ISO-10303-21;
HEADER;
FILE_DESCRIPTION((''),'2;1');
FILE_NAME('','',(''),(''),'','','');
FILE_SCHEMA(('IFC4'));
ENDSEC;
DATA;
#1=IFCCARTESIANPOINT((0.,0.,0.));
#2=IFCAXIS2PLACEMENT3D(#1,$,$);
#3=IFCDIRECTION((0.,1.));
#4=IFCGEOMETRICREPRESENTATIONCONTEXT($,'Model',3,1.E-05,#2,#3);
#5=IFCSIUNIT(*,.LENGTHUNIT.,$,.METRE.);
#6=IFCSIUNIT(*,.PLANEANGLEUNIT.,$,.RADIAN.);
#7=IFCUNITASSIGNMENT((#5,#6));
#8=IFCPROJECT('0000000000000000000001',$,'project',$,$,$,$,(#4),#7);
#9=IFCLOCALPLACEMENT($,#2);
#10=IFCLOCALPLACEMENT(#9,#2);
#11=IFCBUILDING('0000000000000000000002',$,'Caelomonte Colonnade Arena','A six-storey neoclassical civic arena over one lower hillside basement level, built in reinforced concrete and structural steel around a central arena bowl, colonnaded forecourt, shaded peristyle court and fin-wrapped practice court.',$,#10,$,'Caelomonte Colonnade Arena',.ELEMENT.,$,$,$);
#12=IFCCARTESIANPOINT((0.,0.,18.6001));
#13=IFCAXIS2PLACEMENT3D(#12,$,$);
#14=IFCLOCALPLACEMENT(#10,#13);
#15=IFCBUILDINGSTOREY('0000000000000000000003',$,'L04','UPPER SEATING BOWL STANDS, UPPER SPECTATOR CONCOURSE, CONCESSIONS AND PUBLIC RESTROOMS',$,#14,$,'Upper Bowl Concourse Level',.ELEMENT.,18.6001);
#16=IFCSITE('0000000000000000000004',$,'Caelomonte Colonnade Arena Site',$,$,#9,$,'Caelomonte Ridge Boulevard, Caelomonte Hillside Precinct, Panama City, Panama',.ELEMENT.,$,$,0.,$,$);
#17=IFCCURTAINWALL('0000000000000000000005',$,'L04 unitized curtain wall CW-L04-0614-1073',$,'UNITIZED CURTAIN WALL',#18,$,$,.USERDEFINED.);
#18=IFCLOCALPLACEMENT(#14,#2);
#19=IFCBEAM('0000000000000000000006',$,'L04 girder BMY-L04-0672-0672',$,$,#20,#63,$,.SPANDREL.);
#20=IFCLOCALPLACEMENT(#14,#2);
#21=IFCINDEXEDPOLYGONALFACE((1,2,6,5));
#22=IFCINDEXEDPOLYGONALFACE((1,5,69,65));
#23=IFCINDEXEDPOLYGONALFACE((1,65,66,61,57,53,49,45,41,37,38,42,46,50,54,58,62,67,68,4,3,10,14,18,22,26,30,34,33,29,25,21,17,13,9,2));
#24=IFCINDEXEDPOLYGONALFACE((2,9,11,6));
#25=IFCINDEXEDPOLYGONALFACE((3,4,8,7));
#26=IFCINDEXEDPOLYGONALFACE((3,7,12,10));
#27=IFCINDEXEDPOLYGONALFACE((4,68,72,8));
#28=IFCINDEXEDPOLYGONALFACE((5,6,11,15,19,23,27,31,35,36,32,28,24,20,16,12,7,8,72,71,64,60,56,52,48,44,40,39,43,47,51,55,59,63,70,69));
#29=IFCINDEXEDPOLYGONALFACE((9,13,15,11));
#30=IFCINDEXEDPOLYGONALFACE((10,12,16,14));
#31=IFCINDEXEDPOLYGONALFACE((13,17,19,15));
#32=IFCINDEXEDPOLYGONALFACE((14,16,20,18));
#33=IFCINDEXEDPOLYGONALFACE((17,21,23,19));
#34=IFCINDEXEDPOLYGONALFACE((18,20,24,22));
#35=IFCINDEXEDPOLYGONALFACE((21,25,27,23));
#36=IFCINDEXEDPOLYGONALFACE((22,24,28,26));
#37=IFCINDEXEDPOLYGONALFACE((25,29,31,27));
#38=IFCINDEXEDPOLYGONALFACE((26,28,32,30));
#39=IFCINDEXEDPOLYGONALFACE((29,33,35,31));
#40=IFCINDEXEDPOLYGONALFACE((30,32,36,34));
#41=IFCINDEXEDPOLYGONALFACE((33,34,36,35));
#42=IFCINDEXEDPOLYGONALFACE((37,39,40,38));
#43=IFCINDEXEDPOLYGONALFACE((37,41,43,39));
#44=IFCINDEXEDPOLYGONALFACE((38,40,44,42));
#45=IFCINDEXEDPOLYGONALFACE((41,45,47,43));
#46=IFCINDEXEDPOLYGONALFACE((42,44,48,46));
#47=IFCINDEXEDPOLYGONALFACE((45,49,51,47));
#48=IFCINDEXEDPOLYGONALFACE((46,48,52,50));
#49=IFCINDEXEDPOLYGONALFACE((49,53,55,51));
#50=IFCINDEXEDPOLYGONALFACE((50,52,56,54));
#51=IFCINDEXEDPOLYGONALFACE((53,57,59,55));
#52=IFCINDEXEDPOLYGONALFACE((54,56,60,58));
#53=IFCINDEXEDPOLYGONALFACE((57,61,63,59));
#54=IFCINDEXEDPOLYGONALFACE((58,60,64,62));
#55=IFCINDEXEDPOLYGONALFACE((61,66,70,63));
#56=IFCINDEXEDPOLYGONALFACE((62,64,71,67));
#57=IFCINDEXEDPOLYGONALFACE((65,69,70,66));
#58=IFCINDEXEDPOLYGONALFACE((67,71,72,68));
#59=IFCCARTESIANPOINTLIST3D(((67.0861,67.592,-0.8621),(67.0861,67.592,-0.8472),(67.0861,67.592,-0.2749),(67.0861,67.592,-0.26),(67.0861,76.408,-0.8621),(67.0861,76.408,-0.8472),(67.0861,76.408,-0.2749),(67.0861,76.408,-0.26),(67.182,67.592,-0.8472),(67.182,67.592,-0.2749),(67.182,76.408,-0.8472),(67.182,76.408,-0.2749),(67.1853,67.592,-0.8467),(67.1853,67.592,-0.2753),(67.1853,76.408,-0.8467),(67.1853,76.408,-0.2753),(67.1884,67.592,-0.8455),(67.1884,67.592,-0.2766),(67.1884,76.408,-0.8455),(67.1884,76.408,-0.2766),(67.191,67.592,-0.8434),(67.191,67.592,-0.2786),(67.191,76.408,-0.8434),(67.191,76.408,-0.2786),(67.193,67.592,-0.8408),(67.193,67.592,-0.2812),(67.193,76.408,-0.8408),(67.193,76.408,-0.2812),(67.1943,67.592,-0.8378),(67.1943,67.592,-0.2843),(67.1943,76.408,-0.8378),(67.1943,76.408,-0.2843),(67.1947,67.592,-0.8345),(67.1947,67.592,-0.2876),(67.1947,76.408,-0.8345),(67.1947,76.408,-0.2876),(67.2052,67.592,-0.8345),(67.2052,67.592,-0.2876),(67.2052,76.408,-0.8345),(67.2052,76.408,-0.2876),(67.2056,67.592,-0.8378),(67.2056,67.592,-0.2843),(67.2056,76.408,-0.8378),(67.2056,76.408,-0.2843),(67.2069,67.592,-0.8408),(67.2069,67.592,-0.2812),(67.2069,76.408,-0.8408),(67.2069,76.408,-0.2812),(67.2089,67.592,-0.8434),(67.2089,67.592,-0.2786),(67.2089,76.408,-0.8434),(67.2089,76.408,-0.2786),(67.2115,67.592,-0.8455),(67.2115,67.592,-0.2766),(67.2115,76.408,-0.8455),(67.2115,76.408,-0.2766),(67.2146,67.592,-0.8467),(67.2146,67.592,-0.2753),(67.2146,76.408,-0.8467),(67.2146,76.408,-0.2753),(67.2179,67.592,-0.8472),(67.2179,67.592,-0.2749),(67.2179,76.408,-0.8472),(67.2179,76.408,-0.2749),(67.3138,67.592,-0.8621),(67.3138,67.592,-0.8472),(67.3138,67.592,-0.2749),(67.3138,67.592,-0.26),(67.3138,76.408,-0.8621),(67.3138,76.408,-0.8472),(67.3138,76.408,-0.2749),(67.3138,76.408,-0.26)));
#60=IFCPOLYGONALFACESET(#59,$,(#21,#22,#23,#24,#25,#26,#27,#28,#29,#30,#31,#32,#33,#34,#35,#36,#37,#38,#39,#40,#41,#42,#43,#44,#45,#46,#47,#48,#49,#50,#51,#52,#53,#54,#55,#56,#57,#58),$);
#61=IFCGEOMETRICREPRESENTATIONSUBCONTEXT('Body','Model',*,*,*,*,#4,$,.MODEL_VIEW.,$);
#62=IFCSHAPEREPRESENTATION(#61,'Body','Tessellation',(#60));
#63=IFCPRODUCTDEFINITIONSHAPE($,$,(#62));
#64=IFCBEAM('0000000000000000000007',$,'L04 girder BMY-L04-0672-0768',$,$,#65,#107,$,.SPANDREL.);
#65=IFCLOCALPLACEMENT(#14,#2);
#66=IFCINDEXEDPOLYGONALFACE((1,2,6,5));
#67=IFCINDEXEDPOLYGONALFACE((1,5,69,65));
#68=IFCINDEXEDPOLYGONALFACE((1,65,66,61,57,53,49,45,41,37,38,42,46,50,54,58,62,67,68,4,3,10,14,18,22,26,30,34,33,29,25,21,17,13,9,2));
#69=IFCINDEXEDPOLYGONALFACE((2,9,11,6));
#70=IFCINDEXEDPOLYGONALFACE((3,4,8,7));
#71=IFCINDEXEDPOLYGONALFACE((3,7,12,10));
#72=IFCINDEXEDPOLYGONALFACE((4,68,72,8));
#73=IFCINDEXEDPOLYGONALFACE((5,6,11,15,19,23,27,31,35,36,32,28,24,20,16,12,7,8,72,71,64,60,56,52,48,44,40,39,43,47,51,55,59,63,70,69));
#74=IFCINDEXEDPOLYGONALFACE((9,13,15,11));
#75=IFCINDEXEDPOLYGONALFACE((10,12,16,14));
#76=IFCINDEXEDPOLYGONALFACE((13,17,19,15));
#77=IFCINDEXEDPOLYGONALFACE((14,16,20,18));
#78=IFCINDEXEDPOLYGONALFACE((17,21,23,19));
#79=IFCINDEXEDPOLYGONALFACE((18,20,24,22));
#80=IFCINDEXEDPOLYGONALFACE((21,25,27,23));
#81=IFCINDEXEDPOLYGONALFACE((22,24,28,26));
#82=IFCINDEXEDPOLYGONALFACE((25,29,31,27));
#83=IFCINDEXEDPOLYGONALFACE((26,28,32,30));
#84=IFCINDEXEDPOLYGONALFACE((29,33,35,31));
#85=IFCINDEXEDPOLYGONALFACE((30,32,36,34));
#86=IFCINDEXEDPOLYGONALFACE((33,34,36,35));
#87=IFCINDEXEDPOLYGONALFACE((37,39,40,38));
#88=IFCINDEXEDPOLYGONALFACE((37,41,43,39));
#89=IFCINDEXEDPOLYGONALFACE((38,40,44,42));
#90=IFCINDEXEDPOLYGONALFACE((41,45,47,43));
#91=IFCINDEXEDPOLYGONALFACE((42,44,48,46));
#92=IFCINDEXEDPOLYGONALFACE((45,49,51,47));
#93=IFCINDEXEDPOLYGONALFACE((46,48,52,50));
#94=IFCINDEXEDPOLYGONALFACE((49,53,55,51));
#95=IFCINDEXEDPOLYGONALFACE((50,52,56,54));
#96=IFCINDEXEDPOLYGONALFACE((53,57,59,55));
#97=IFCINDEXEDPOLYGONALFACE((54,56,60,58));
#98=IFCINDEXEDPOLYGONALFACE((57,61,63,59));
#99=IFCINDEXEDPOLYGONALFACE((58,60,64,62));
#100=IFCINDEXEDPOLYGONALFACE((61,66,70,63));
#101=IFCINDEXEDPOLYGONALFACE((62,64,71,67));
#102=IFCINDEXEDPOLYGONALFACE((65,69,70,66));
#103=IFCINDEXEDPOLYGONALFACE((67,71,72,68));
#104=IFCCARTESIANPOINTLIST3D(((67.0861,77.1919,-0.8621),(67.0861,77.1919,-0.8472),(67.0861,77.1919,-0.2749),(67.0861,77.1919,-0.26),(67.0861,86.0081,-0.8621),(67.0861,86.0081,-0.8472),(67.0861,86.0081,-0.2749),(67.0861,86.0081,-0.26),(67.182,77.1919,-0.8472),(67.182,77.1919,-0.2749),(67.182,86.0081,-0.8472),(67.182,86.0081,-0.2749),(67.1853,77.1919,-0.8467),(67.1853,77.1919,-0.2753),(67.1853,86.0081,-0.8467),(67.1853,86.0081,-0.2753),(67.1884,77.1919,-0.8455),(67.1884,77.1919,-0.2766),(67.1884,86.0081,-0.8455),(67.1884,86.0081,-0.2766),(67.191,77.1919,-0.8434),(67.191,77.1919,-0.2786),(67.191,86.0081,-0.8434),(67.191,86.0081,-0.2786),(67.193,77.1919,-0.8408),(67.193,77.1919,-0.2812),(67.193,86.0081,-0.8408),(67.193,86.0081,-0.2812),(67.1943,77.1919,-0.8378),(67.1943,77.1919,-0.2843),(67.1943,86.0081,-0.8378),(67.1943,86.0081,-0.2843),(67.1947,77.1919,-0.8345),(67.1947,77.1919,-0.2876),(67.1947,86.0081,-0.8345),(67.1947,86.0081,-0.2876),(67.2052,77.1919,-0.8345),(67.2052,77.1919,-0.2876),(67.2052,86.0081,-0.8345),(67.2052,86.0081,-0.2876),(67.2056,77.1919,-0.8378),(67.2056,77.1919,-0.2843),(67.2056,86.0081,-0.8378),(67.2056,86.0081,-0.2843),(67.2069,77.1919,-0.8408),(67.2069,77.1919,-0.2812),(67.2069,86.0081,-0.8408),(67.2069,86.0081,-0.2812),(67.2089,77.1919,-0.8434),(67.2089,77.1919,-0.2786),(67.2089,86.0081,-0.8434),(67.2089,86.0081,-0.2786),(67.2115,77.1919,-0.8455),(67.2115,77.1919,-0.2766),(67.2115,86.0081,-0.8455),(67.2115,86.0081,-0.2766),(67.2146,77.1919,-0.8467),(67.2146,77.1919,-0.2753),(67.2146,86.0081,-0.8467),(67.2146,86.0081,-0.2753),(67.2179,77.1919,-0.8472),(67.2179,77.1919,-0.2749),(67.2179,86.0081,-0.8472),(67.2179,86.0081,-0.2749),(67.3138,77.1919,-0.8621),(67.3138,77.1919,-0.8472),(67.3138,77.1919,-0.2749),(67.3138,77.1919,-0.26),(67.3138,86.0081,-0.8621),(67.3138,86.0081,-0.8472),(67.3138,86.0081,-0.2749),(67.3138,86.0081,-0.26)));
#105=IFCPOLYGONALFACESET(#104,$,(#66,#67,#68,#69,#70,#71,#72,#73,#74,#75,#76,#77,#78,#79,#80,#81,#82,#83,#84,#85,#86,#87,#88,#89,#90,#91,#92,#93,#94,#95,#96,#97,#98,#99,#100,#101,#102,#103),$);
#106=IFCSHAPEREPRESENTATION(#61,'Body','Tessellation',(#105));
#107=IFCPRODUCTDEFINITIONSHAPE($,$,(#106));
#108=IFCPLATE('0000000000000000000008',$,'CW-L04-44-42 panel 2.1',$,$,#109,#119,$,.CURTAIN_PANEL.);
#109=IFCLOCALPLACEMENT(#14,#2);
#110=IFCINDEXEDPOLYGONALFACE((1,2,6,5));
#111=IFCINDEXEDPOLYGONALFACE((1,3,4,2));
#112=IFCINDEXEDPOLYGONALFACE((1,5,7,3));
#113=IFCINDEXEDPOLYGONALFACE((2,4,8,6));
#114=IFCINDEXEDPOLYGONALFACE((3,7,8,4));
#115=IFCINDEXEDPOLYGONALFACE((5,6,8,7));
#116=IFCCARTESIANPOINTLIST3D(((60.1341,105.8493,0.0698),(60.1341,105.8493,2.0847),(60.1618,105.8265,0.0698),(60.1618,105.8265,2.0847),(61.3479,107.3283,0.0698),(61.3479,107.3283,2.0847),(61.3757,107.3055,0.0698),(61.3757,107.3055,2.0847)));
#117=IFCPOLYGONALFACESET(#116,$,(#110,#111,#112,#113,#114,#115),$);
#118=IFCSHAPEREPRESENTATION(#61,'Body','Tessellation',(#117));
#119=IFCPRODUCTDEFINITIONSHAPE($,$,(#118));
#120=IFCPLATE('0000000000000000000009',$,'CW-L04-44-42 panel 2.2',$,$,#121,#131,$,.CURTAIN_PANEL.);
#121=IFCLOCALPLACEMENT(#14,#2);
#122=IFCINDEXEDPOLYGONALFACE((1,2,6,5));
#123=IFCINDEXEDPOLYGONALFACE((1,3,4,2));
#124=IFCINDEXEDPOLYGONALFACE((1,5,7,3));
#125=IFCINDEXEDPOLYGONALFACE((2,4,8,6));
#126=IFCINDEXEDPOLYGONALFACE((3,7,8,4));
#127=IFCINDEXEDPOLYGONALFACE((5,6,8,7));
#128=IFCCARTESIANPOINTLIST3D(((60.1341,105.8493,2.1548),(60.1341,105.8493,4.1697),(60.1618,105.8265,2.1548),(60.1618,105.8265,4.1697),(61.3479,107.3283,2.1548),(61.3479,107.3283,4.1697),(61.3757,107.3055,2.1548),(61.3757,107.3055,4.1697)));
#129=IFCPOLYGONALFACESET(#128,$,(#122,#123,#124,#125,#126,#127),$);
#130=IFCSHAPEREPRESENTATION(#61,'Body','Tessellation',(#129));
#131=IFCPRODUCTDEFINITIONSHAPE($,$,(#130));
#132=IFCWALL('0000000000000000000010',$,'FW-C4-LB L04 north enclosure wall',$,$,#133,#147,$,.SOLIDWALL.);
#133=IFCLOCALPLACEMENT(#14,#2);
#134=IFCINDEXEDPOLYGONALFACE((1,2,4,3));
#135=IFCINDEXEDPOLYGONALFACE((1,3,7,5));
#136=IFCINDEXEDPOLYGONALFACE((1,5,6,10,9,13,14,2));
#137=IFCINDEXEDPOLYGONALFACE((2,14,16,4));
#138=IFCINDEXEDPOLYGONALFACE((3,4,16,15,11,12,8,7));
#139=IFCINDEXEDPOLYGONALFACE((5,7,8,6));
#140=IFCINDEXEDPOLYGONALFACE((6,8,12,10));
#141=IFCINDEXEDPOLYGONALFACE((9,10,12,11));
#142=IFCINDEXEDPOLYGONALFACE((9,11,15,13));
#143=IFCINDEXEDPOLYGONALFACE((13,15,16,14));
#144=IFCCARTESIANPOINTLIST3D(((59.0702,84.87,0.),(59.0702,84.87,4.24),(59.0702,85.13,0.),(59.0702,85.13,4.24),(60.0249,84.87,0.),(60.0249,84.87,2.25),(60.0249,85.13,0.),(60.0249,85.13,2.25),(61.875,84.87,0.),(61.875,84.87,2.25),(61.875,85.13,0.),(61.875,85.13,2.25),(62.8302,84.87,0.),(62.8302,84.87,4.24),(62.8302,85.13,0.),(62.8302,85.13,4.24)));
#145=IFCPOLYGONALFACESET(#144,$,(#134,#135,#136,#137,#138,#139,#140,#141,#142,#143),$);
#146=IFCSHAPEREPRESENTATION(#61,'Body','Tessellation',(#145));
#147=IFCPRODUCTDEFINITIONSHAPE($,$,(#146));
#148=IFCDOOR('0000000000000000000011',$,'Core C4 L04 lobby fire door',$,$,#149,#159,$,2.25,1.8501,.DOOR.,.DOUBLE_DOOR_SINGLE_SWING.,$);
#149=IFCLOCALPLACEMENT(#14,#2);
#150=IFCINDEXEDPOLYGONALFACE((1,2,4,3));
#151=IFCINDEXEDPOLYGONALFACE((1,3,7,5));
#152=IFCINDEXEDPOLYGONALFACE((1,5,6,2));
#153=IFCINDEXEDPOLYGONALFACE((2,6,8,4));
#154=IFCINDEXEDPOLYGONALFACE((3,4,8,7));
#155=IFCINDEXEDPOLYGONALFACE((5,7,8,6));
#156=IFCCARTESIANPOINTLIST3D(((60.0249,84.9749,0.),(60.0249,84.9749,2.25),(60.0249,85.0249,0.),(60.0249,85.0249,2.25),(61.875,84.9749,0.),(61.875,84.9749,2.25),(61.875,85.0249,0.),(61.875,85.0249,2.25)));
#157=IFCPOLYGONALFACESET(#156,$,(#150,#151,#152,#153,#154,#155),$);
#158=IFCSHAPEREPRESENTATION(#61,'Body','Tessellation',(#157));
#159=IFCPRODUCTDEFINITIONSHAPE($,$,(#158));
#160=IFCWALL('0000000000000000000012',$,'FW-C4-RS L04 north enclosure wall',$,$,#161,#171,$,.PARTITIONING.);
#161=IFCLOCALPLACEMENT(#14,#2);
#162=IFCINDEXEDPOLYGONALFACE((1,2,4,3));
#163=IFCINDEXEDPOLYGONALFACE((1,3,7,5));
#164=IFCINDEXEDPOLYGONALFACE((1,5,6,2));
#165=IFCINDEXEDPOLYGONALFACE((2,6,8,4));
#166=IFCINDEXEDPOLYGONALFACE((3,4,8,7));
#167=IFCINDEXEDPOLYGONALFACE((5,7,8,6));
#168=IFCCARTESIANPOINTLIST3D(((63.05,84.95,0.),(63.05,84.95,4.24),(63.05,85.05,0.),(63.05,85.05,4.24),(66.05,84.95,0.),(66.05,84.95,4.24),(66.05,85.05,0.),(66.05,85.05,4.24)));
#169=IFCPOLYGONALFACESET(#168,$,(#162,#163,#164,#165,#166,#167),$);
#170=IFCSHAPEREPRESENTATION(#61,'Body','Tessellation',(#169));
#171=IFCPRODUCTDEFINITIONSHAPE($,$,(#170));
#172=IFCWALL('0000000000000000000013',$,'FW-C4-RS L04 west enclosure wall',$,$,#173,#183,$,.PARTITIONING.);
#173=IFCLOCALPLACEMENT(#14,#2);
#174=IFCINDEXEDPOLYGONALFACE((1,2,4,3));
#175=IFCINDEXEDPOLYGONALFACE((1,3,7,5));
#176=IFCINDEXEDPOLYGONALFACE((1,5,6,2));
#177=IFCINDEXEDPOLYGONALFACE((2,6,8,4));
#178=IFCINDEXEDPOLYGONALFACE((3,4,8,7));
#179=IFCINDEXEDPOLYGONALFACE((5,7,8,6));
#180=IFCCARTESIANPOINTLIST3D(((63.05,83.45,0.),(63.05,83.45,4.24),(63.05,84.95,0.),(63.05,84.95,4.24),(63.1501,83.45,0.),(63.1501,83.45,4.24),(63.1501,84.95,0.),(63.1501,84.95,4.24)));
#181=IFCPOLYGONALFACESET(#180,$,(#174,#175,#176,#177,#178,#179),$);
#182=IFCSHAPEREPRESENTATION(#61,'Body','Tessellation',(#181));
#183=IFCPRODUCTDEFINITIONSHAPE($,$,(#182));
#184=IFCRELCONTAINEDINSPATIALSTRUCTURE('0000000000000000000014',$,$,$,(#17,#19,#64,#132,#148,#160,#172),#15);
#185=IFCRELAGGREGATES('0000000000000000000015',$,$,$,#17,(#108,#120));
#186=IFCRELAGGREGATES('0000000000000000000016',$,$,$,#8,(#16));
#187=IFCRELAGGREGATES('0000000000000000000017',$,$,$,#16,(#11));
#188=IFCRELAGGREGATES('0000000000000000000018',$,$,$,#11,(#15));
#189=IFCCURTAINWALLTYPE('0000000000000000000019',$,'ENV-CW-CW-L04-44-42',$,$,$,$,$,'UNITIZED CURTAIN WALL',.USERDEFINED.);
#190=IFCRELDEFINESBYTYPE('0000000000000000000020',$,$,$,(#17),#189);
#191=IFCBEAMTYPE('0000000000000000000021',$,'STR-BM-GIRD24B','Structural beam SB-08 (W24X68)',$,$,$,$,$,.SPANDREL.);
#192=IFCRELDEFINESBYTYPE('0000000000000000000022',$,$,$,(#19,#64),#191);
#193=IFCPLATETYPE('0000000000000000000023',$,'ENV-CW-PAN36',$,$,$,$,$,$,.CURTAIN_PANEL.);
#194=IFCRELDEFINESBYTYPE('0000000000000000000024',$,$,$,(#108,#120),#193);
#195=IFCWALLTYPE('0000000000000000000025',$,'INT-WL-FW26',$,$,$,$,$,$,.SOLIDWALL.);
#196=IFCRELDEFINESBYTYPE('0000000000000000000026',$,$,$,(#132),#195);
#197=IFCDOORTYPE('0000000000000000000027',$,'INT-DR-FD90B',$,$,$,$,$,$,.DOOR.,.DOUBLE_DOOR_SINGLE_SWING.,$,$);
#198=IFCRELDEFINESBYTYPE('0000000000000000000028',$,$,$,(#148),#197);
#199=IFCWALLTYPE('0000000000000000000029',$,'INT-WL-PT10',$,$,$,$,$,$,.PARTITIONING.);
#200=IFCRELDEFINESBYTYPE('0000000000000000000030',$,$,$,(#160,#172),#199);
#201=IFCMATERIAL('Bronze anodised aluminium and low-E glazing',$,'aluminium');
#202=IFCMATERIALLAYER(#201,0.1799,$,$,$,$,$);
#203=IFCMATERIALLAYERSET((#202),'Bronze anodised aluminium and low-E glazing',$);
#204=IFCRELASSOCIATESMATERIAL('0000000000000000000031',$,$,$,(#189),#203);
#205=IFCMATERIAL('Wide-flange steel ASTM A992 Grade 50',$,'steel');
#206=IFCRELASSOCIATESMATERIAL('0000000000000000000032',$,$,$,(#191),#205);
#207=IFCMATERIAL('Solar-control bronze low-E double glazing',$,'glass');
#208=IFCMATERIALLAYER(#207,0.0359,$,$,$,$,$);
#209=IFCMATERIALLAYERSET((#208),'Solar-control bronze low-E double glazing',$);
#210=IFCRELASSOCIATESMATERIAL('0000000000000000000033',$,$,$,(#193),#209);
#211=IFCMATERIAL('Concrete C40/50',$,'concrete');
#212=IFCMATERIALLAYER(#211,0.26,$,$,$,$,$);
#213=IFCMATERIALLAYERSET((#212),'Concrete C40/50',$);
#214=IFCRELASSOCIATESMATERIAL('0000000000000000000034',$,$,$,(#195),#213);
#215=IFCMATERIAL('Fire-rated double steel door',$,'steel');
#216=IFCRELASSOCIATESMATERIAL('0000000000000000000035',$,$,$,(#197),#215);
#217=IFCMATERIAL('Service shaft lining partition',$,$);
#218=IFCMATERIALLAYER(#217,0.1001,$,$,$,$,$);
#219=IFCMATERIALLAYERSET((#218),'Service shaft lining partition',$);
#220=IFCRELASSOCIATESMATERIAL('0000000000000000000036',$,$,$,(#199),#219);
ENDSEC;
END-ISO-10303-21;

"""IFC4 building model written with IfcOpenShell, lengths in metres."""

from ifc_helpers import new_model, si_unit, direction, frame, frame_2d, origin, origin_2d, place, context, subcontext, project, spatial, rectangle, i_section, extrude, material, layer, layer_set, material_profile, profile_set, type_object, element, fill, aggregate, save


model = new_model("IFC4")

# Units and contexts
model_context = context("Model", 3, precision=1e-05, world=origin(), true_north=direction((0.0, 1.0)))
body_context = subcontext(model_context, "Body", "Model", "MODEL_VIEW")
ifc_project = project(units=[si_unit("LENGTHUNIT", "METRE"), si_unit("PLANEANGLEUNIT", "RADIAN")], contexts=[model_context])

# Site, building, storey
site_placement = place(None, origin())
site = spatial("IfcSite", under=ifc_project, at=site_placement, Name="Caelomonte Colonnade Arena Site", LongName="Caelomonte Ridge Boulevard, Caelomonte Hillside Precinct, Panama City, Panama", CompositionType="ELEMENT", RefElevation=0.0)
building_placement = place(site_placement, origin())
building = spatial("IfcBuilding", under=site, at=building_placement, Name="Caelomonte Colonnade Arena", Description="A six-storey neoclassical civic arena over one lower hillside basement level, built in reinforced concrete and structural steel around a central arena bowl, colonnaded forecourt, shaded peristyle court and fin-wrapped practice court.", LongName="Caelomonte Colonnade Arena", CompositionType="ELEMENT")
storey_placement = place(building_placement, frame((0.0, 0.0, 18.6001)))
storey = spatial("IfcBuildingStorey", under=building, at=storey_placement, Name="L04", Description="UPPER SEATING BOWL STANDS, UPPER SPECTATOR CONCOURSE, CONCESSIONS AND PUBLIC RESTROOMS", LongName="Upper Bowl Concourse Level", CompositionType="ELEMENT", Elevation=18.6001)

# Shared definitions
ifc_material_1 = material(Name="Concrete C40/50", Category="concrete")

# Curtain wall
ifc_material_2 = material(Name="Bronze anodised aluminium and low-E glazing", Category="aluminium")
ifc_layer_1 = layer(ifc_material_2, 0.1799)
ifc_layer_set_1 = layer_set([ifc_layer_1], Name="Bronze anodised aluminium and low-E glazing")
curtain_wall_type = type_object("IfcCurtainWallType", Name="ENV-CW-CW-L04-44-42", ElementType="UNITIZED CURTAIN WALL", PredefinedType="USERDEFINED", material=ifc_layer_set_1)
curtain_wall_1_placement = place(storey_placement, origin())
curtain_wall_1 = element("IfcCurtainWall", 1, at=curtain_wall_1_placement, inside=storey, type_object=curtain_wall_type, Name="L04 unitized curtain wall CW-L04-0614-1073", ObjectType="UNITIZED CURTAIN WALL", PredefinedType="USERDEFINED")

# Beams
ifc_material_3 = material(Name="Wide-flange steel ASTM A992 Grade 50", Category="steel")
ifc_material_profile_1 = material_profile(ifc_material_3, i_section(OverallWidth=0.2278, OverallDepth=0.6021, WebThickness=0.0105, FlangeThickness=0.0149, FilletRadius=0.0127, at=origin_2d()), Name="W24X68")
ifc_profile_set_1 = profile_set([ifc_material_profile_1], Name="Wide-flange steel ASTM A992 Grade 50")
beam_type_1 = type_object("IfcBeamType", Name="STR-BM-GIRD24B", Description="Structural beam SB-08 (W24X68)", PredefinedType="SPANDREL", material=ifc_profile_set_1)
beam_1_placement = place(storey_placement, frame((67.2, 67.592, -0.561), z_axis=(0.0, 1.0, 0.0), x_axis=(-1.0, 0.0, 0.0)))
element("IfcBeam", 2, at=beam_1_placement, inside=storey, type_object=beam_type_1, Name="L04 girder BMY-L04-0672-0672", PredefinedType="SPANDREL", context=body_context, shape_type="SweptSolid", body=[
    extrude(i_section(OverallWidth=0.2278, OverallDepth=0.6021, WebThickness=0.0105, FlangeThickness=0.0149, FilletRadius=0.0127, at=origin_2d()), origin(), (0.0, 0.0, 1.0), 8.8159),
])
beam_2_placement = place(storey_placement, frame((67.2, 77.1919, -0.561), z_axis=(0.0, 1.0, 0.0), x_axis=(-1.0, 0.0, 0.0)))
element("IfcBeam", 3, at=beam_2_placement, inside=storey, type_object=beam_type_1, Name="L04 girder BMY-L04-0672-0768", PredefinedType="SPANDREL", context=body_context, shape_type="SweptSolid", body=[
    extrude(i_section(OverallWidth=0.2278, OverallDepth=0.6021, WebThickness=0.0105, FlangeThickness=0.0149, FilletRadius=0.0127, at=origin_2d()), origin(), (0.0, 0.0, 1.0), 8.8162),
])

# Plates
ifc_material_4 = material(Name="Solar-control bronze low-E double glazing", Category="glass")
ifc_layer_2 = layer(ifc_material_4, 0.0359)
ifc_layer_set_2 = layer_set([ifc_layer_2], Name="Solar-control bronze low-E double glazing")
plate_type = type_object("IfcPlateType", Name="ENV-CW-PAN36", PredefinedType="CURTAIN_PANEL", material=ifc_layer_set_2)
plate_1_placement = place(storey_placement, frame((60.7549, 106.5774, 0.0698), z_axis=(0.0, 0.0, 1.0), x_axis=(-0.634416, -0.772992, 0.0)))
plate_1 = element("IfcPlate", 4, at=plate_1_placement, type_object=plate_type, Name="CW-L04-44-42 panel 2.1", PredefinedType="CURTAIN_PANEL", context=body_context, shape_type="SweptSolid", body=[
    extrude(rectangle(XDim=1.9133, YDim=0.0359, at=origin_2d()), origin(), (0.0, 0.0, 1.0), 2.0149),
])
plate_2_placement = place(storey_placement, frame((60.7549, 106.5774, 2.1548), z_axis=(0.0, 0.0, 1.0), x_axis=(-0.634416, -0.772992, 0.0)))
plate_2 = element("IfcPlate", 5, at=plate_2_placement, type_object=plate_type, Name="CW-L04-44-42 panel 2.2", PredefinedType="CURTAIN_PANEL", context=body_context, shape_type="SweptSolid", body=[
    extrude(rectangle(XDim=1.9133, YDim=0.0359, at=origin_2d()), origin(), (0.0, 0.0, 1.0), 2.0149),
])
aggregate(curtain_wall_1, [plate_1, plate_2])

# Wall, opening, door
ifc_layer_3 = layer(ifc_material_1, 0.26)
ifc_layer_set_3 = layer_set([ifc_layer_3], Name="Concrete C40/50")
wall_type_1 = type_object("IfcWallType", Name="INT-WL-FW26", PredefinedType="SOLIDWALL", material=ifc_layer_set_3)
wall_1_placement = place(storey_placement, frame((62.8301, 85.0, 0.0), z_axis=(0.0, 0.0, 1.0), x_axis=(-1.0, 0.0, 0.0)))
wall_1 = element("IfcWall", 6, at=wall_1_placement, inside=storey, type_object=wall_type_1, Name="FW-C4-LB L04 north enclosure wall", PredefinedType="SOLIDWALL", context=body_context, shape_type="SweptSolid", body=[
    extrude(rectangle(XDim=3.76, YDim=0.26, at=frame_2d((1.8799, 0.0))), origin(), (0.0, 0.0, 1.0), 4.24),
])
opening_1_placement = place(wall_1_placement, frame((2.8052, 0.0, 0.0), z_axis=(0.0, 0.0, 1.0), x_axis=(-1.0, 0.0, 0.0)))
opening_1 = element("IfcOpeningElement", 7, at=opening_1_placement, cuts=wall_1, PredefinedType="OPENING", context=body_context, shape_type="SweptSolid", body=[
    extrude(rectangle(XDim=1.8501, YDim=2.25, at=frame_2d((0.925, 1.125))), frame((0.0, 0.1399, 0.0), z_axis=(0.0, -1.0, 0.0), x_axis=(1.0, 0.0, 0.0)), (0.0, 0.0, 1.0), 0.28),
])
ifc_material_5 = material(Name="Fire-rated double steel door", Category="steel")
door_type_1 = type_object("IfcDoorType", Name="INT-DR-FD90B", OperationType="DOUBLE_DOOR_SINGLE_SWING", PredefinedType="DOOR", material=ifc_material_5)
door_1_placement = place(opening_1_placement, origin())
door_1 = element("IfcDoor", 8, at=door_1_placement, inside=storey, type_object=door_type_1, Name="Core C4 L04 lobby fire door", OperationType="DOUBLE_DOOR_SINGLE_SWING", OverallHeight=2.25, OverallWidth=1.8501, PredefinedType="DOOR", context=body_context, shape_type="SweptSolid", body=[
    extrude(rectangle(XDim=1.8501, YDim=2.25, at=frame_2d((0.925, 1.125))), frame((0.0, 0.0249, 0.0), z_axis=(0.0, -1.0, 0.0), x_axis=(1.0, 0.0, 0.0)), (0.0, 0.0, 1.0), 0.05),
])
fill(opening_1, door_1)

# Walls
ifc_material_6 = material(Name="Service shaft lining partition")
ifc_layer_4 = layer(ifc_material_6, 0.1001)
ifc_layer_set_4 = layer_set([ifc_layer_4], Name="Service shaft lining partition")
wall_type_2 = type_object("IfcWallType", Name="INT-WL-PT10", PredefinedType="PARTITIONING", material=ifc_layer_set_4)
wall_2_placement = place(storey_placement, frame((66.05, 85.0, 0.0), z_axis=(0.0, 0.0, 1.0), x_axis=(-1.0, 0.0, 0.0)))
element("IfcWall", 9, at=wall_2_placement, inside=storey, type_object=wall_type_2, Name="FW-C4-RS L04 north enclosure wall", PredefinedType="PARTITIONING", context=body_context, shape_type="SweptSolid", body=[
    extrude(rectangle(XDim=3.0, YDim=0.1001, at=frame_2d((1.5, 0.0))), origin(), (0.0, 0.0, 1.0), 4.24),
])
for number, where, z_axis, x_axis, name in (
    (10, (63.1001, 84.95, 0.0), (0.0, 0.0, 1.0), (0.0, -1.0, 0.0), "FW-C4-RS L04 west enclosure wall"),
):
    element("IfcWall", number, at=place(storey_placement, frame(where, z_axis=z_axis, x_axis=x_axis)), inside=storey, type_object=wall_type_2, Name=name, PredefinedType="PARTITIONING", context=body_context, shape_type="SweptSolid", body=[
        extrude(rectangle(XDim=1.5, YDim=0.1001, at=frame_2d((0.75, 0.0))), origin(), (0.0, 0.0, 1.0), 4.24),
    ])

save(model, "model.ifc")
